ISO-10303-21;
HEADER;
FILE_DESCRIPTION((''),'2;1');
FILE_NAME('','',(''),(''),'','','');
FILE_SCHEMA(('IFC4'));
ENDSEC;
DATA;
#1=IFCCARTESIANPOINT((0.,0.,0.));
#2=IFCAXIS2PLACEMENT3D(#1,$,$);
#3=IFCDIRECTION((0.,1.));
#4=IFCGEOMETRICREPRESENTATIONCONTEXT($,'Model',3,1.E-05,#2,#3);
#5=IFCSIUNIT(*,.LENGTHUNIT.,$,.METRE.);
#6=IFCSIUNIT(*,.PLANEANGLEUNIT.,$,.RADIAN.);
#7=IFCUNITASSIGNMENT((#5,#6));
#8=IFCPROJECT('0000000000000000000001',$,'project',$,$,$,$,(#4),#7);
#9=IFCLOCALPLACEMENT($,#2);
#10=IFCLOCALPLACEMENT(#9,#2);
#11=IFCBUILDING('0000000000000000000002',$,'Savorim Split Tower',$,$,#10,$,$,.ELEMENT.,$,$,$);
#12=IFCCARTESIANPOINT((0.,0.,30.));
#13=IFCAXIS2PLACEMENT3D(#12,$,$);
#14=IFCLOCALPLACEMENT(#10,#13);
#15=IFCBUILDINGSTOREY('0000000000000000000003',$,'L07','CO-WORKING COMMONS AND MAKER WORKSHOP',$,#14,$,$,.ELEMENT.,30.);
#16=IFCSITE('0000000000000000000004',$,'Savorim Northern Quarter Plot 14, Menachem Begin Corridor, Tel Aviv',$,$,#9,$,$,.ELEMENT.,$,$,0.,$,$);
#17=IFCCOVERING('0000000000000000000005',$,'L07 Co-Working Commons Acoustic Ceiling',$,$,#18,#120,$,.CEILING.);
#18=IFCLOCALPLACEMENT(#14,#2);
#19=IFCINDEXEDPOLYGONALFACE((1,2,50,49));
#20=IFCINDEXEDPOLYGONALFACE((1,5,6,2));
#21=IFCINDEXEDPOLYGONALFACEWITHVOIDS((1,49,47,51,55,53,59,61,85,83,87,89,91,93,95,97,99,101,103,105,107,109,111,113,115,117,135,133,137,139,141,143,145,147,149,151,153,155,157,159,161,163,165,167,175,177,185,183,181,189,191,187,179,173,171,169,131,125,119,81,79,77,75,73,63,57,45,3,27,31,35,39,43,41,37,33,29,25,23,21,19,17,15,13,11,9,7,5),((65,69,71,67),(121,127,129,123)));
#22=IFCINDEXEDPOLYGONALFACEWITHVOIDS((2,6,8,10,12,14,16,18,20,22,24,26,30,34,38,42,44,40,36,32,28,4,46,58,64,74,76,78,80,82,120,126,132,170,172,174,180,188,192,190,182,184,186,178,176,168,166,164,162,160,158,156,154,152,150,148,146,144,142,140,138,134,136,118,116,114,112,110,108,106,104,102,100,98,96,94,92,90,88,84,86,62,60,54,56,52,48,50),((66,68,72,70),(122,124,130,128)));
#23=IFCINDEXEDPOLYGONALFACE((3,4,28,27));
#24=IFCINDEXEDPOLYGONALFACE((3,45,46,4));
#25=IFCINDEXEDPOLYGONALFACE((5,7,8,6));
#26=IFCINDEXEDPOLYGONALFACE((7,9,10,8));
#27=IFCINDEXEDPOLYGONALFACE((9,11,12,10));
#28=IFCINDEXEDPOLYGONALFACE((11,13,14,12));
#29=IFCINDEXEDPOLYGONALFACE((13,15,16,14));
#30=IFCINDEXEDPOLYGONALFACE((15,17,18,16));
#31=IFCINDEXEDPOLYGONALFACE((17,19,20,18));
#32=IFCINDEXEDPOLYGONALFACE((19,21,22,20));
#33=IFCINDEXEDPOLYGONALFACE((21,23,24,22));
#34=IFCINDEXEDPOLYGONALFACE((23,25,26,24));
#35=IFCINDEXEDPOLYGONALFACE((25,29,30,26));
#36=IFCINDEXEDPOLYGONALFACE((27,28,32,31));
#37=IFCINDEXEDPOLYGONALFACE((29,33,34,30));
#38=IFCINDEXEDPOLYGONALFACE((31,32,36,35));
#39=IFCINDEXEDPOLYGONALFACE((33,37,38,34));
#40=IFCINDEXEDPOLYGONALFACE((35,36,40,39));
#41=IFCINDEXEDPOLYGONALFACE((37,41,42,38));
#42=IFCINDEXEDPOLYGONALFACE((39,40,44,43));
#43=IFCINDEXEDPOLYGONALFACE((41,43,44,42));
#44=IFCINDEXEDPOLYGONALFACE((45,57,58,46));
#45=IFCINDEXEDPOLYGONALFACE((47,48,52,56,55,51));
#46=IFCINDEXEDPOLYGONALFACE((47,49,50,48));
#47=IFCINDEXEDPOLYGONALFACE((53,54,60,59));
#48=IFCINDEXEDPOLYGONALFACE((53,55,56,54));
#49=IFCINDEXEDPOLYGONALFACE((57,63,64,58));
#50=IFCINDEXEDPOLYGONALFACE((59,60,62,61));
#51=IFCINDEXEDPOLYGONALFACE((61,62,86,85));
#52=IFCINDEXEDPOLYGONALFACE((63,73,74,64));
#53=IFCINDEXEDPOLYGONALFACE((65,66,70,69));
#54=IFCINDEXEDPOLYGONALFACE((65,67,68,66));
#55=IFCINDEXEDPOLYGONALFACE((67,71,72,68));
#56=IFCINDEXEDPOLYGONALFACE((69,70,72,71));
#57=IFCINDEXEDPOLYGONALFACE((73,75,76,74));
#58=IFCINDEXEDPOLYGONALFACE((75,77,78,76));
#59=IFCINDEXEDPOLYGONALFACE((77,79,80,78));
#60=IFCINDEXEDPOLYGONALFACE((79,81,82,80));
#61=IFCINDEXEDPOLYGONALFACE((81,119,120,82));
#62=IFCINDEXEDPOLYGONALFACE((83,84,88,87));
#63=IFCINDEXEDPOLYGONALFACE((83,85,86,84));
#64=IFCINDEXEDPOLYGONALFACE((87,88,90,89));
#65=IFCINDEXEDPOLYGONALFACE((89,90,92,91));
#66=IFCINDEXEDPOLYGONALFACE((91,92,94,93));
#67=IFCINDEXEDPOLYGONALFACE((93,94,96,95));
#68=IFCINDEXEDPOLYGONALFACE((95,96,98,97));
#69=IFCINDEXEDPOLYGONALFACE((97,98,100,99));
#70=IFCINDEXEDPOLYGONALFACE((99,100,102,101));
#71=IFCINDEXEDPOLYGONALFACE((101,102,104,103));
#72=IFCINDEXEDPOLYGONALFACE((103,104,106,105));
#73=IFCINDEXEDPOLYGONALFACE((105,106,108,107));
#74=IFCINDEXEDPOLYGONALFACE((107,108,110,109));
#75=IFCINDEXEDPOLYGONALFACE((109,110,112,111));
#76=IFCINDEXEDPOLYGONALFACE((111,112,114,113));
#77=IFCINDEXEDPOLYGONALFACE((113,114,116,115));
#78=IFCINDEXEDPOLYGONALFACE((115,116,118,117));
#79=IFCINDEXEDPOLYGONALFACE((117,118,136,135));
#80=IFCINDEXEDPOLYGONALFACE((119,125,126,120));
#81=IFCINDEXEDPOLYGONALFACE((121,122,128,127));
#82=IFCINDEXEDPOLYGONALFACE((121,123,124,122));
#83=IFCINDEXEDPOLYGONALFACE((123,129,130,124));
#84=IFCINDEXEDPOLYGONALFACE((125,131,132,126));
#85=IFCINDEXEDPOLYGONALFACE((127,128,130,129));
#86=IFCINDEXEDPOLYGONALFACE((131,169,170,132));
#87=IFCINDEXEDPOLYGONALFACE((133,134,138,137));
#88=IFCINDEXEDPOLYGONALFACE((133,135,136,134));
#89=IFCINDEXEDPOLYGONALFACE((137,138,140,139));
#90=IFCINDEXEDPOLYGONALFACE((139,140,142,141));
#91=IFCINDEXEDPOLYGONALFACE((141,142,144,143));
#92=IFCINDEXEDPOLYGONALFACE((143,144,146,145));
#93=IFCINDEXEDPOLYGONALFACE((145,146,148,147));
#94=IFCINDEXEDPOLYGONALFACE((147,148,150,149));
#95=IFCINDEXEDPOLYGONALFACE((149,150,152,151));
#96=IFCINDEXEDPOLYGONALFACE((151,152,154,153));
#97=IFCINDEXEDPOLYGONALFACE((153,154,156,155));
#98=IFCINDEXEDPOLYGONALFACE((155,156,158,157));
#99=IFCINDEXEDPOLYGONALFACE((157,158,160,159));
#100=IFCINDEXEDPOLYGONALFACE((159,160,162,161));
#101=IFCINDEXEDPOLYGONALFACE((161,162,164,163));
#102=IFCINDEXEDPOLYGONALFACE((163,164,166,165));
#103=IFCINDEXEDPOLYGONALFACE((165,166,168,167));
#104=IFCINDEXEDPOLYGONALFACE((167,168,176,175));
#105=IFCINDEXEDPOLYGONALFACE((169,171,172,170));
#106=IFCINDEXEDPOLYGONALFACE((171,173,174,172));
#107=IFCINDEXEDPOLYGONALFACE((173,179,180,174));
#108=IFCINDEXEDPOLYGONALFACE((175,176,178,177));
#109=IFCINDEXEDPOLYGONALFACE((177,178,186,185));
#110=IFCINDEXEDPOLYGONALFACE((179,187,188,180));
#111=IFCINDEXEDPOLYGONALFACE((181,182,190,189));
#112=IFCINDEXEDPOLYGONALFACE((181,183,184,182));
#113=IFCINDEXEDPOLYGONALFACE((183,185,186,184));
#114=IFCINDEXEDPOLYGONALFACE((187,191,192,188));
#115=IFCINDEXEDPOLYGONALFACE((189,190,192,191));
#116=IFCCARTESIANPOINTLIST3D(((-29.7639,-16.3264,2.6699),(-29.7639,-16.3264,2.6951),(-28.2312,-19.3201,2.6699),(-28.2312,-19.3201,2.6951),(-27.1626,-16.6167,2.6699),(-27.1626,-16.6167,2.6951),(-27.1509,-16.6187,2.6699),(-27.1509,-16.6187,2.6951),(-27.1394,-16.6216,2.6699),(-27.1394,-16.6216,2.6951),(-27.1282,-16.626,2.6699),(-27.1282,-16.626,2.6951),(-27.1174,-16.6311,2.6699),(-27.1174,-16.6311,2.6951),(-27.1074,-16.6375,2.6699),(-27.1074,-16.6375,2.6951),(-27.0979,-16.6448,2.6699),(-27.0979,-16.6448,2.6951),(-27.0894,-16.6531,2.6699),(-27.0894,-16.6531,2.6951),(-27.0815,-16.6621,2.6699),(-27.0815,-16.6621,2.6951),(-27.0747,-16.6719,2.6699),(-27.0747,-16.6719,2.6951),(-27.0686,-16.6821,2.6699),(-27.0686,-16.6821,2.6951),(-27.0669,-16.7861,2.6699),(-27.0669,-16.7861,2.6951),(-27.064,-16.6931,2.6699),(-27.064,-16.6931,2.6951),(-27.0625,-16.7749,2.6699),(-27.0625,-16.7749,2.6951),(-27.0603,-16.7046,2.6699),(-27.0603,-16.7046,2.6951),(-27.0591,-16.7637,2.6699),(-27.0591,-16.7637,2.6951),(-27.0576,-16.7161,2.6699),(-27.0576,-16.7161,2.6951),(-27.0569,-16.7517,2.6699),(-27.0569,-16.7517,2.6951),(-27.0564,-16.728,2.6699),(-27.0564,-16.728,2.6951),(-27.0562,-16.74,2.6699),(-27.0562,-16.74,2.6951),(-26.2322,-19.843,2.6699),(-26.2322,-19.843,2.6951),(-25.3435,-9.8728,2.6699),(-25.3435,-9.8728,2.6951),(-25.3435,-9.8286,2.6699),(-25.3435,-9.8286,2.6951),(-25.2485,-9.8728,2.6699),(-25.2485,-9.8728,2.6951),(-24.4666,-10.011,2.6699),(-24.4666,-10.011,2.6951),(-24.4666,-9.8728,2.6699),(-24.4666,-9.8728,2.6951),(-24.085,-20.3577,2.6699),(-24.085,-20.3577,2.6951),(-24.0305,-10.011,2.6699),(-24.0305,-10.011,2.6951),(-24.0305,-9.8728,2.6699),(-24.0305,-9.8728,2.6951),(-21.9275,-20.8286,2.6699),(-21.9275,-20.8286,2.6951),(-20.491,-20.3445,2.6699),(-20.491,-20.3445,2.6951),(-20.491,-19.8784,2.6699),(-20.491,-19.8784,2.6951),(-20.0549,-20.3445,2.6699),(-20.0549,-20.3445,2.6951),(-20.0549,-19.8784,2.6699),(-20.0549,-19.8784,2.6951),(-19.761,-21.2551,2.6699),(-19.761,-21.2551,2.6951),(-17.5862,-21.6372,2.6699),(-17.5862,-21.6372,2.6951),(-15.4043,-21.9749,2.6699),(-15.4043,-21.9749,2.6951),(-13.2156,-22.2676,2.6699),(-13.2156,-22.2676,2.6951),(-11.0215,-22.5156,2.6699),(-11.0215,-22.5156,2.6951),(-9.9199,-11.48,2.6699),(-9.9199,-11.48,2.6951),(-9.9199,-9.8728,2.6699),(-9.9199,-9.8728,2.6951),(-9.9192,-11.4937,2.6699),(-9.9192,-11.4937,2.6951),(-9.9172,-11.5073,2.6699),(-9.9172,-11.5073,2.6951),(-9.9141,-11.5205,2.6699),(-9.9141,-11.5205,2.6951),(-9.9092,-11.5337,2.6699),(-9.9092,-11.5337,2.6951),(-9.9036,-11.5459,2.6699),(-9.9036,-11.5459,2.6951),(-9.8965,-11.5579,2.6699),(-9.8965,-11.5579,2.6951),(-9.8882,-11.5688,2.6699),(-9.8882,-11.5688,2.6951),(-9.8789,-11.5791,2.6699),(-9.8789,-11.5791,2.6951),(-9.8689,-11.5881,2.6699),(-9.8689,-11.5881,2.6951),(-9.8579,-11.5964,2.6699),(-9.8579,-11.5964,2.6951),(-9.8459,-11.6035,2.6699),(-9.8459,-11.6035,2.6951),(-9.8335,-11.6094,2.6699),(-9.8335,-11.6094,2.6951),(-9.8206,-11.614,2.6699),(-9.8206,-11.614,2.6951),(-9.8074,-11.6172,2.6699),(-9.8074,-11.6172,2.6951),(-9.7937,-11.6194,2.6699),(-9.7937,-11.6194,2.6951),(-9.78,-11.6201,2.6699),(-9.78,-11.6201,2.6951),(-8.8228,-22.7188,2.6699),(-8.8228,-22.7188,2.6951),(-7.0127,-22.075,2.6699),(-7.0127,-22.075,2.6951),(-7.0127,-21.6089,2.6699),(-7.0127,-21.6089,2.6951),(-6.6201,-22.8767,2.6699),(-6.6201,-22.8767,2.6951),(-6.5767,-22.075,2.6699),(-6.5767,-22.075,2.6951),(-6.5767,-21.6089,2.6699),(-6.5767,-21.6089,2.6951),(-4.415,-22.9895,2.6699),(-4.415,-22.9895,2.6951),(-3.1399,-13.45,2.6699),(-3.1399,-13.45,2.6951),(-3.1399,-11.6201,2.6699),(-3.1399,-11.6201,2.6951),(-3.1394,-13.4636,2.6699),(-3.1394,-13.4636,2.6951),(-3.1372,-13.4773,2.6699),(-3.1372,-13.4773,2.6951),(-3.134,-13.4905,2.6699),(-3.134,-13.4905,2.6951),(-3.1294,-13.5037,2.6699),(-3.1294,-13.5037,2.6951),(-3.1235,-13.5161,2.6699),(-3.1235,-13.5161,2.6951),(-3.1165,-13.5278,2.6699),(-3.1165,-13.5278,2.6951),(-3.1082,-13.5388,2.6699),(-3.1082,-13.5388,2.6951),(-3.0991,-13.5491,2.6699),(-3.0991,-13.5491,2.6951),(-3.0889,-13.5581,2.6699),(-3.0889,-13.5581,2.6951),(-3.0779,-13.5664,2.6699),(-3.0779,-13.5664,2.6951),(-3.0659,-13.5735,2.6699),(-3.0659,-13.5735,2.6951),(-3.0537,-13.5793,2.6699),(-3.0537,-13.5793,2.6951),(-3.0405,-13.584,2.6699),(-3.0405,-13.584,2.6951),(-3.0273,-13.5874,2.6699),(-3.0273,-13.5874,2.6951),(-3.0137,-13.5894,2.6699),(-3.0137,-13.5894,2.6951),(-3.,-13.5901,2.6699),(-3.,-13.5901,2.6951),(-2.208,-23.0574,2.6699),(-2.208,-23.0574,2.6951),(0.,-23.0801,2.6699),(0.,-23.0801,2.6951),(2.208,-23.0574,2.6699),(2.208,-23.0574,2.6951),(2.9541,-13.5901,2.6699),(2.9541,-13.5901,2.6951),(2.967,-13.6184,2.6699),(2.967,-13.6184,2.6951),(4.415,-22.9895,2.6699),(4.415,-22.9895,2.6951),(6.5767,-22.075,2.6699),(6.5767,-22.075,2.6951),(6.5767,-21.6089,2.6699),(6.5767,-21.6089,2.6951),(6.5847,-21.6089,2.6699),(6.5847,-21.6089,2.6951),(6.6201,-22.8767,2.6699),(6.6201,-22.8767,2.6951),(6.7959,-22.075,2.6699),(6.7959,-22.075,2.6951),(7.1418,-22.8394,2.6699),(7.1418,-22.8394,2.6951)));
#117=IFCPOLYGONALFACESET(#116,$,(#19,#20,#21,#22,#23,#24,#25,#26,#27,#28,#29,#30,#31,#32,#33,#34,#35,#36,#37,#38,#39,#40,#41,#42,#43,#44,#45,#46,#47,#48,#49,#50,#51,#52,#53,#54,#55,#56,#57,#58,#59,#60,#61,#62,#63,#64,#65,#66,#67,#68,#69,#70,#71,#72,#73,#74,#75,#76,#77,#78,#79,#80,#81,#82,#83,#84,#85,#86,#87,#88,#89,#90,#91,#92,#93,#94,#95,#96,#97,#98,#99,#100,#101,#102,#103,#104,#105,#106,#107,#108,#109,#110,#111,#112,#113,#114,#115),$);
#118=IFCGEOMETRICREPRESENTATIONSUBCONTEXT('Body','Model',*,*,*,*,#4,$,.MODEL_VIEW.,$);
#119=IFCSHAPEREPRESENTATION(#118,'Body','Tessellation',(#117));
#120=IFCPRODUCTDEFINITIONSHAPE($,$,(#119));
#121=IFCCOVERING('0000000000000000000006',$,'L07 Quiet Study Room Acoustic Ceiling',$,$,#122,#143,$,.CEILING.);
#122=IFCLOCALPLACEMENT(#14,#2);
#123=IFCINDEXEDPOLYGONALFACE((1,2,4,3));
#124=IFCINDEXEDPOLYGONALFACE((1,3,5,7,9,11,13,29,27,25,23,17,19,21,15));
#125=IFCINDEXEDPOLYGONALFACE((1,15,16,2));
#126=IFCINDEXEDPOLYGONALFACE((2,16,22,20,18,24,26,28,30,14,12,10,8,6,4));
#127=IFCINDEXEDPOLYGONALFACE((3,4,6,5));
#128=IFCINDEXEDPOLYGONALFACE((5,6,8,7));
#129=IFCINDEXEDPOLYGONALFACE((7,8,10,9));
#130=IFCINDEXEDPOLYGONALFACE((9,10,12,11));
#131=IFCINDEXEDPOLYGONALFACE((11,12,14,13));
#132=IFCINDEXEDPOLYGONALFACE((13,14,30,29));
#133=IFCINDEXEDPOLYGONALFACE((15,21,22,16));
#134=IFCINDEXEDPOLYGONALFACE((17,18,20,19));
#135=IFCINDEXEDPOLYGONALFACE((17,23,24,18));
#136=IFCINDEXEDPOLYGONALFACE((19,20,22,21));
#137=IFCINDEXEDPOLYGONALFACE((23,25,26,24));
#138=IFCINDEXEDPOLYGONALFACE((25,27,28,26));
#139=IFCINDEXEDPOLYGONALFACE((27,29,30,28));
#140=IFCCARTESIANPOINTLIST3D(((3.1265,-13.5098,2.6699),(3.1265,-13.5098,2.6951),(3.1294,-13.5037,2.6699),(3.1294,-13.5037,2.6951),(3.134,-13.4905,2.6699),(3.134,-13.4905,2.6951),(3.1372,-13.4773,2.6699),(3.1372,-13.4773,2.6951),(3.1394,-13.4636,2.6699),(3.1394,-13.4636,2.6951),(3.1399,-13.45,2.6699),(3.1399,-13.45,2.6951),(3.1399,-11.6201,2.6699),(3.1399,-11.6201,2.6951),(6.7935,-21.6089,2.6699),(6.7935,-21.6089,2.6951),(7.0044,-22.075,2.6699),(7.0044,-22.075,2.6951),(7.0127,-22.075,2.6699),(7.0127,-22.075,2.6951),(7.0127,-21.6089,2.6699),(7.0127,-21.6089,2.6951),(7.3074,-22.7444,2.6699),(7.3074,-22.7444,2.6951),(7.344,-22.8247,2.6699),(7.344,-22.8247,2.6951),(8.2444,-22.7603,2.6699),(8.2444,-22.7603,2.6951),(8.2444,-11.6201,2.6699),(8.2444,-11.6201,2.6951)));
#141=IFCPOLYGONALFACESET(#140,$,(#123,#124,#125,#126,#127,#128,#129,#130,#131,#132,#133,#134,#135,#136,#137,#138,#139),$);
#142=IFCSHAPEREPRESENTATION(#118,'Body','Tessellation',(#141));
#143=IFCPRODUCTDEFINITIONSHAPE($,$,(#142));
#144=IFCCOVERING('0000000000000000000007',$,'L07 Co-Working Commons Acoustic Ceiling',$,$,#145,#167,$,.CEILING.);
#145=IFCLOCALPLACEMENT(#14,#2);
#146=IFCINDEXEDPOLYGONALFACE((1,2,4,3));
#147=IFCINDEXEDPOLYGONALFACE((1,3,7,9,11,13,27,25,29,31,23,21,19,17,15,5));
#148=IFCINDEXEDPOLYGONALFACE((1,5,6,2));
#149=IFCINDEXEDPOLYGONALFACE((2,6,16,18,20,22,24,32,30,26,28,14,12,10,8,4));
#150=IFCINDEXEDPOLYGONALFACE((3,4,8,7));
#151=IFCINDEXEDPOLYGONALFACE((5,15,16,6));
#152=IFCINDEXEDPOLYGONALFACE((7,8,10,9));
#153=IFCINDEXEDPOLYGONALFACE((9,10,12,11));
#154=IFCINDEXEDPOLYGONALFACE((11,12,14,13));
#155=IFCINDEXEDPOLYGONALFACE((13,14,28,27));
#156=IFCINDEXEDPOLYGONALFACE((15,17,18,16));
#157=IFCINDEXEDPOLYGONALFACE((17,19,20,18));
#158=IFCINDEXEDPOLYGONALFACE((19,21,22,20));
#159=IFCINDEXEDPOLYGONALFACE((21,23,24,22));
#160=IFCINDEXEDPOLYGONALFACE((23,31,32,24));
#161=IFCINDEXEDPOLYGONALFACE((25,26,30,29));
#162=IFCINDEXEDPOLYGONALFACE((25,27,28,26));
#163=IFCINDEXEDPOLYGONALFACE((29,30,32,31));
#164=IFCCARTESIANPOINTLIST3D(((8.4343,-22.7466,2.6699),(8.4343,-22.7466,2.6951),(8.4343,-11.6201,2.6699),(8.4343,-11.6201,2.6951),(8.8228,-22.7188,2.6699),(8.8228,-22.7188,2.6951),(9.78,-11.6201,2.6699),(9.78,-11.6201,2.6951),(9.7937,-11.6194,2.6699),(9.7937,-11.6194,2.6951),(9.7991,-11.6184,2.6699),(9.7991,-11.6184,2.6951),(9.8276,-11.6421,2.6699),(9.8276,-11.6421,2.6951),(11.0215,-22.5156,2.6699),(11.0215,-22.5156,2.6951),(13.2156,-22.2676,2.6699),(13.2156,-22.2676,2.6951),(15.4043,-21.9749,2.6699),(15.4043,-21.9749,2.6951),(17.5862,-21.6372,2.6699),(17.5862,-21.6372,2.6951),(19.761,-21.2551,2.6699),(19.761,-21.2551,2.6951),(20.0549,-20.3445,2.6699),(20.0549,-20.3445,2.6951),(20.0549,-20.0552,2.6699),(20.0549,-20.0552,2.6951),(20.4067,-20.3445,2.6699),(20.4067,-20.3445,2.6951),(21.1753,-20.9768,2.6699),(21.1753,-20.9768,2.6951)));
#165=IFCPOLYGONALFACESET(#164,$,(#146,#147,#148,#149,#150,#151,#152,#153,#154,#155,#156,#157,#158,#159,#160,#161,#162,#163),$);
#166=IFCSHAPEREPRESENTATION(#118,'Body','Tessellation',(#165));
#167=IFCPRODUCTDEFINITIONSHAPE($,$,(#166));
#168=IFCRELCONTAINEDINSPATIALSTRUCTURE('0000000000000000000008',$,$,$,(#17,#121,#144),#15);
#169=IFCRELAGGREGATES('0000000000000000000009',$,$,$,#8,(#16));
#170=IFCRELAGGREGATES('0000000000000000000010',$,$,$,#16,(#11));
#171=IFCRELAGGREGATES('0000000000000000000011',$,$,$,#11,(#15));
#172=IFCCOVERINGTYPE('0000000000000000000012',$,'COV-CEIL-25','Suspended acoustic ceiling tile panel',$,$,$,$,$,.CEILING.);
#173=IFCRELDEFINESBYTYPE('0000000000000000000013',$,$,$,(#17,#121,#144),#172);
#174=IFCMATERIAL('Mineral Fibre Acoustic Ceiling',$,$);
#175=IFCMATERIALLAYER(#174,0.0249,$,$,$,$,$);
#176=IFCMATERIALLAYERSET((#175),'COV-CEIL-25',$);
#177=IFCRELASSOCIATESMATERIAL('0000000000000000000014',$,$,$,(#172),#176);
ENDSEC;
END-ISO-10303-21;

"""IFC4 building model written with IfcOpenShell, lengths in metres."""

from ifc_helpers import new_model, si_unit, direction, frame, origin, place, context, subcontext, project, spatial, polyline, outline, extrude, material, layer, layer_set, type_object, element, save


model = new_model("IFC4")

# Units and contexts
model_context = context("Model", 3, precision=1e-05, world=origin(), true_north=direction((0.0, 1.0)))
body_context = subcontext(model_context, "Body", "Model", "MODEL_VIEW")
ifc_project = project(units=[si_unit("LENGTHUNIT", "METRE"), si_unit("PLANEANGLEUNIT", "RADIAN")], contexts=[model_context])

# Site, building, storey
site_placement = place(None, origin())
site = spatial("IfcSite", under=ifc_project, at=site_placement, Name="Savorim Northern Quarter Plot 14, Menachem Begin Corridor, Tel Aviv", CompositionType="ELEMENT", RefElevation=0.0)
building_placement = place(site_placement, origin())
building = spatial("IfcBuilding", under=site, at=building_placement, Name="Savorim Split Tower", CompositionType="ELEMENT")
storey_placement = place(building_placement, frame((0.0, 0.0, 30.0)))
storey = spatial("IfcBuildingStorey", under=building, at=storey_placement, Name="L07", Description="CO-WORKING COMMONS AND MAKER WORKSHOP", CompositionType="ELEMENT", Elevation=30.0)

# Coverings
ifc_material_1 = material(Name="Mineral Fibre Acoustic Ceiling")
ifc_layer_1 = layer(ifc_material_1, 0.0249)
ifc_layer_set_1 = layer_set([ifc_layer_1], Name="COV-CEIL-25")
covering_type_1 = type_object("IfcCoveringType", Name="COV-CEIL-25", Description="Suspended acoustic ceiling tile panel", PredefinedType="CEILING", material=ifc_layer_set_1)
covering_1_placement = place(storey_placement, frame((0.0, 0.0, 2.6699)))
element("IfcCovering", 1, at=covering_1_placement, inside=storey, type_object=covering_type_1, Name="L07 Co-Working Commons Acoustic Ceiling", PredefinedType="CEILING", context=body_context, shape_type="SweptSolid", body=[
    extrude(outline(polyline([(-27.0562, -16.74), (-27.0569, -16.7517), (-27.0591, -16.7637), (-27.0625, -16.7749), (-27.0669, -16.7861), (-28.2312, -19.3201), (-26.2322, -19.843), (-24.085, -20.3577), (-21.9275, -20.8286), (-19.761, -21.2551), (-17.5862, -21.6372), (-15.4043, -21.9749), (-13.2156, -22.2676), (-11.0215, -22.5156), (-8.8228, -22.7188), (-6.6201, -22.8767), (-4.415, -22.9895), (-2.208, -23.0574), (0.0, -23.0801), (2.208, -23.0574), (4.415, -22.9895), (6.6201, -22.8767), (7.1418, -22.8394), (6.7959, -22.075), (6.5767, -22.075), (6.5767, -21.6089), (6.5847, -21.6089), (2.967, -13.6184), (2.9541, -13.5901), (-3.0, -13.5901), (-3.0137, -13.5894), (-3.0273, -13.5874), (-3.0405, -13.584), (-3.0537, -13.5793), (-3.0659, -13.5735), (-3.0779, -13.5664), (-3.0889, -13.5581), (-3.0991, -13.5491), (-3.1082, -13.5388), (-3.1165, -13.5278), (-3.1235, -13.5161), (-3.1294, -13.5037), (-3.134, -13.4905), (-3.1372, -13.4773), (-3.1394, -13.4636), (-3.1399, -13.45), (-3.1399, -11.6201), (-9.78, -11.6201), (-9.7937, -11.6194), (-9.8074, -11.6172), (-9.8206, -11.614), (-9.8335, -11.6094), (-9.8459, -11.6035), (-9.8579, -11.5964), (-9.8689, -11.5881), (-9.8789, -11.5791), (-9.8882, -11.5688), (-9.8965, -11.5579), (-9.9036, -11.5459), (-9.9092, -11.5337), (-9.9141, -11.5205), (-9.9172, -11.5073), (-9.9192, -11.4937), (-9.9199, -11.48), (-9.9199, -9.8728), (-24.0305, -9.8728), (-24.0305, -10.011), (-24.4666, -10.011), (-24.4666, -9.8728), (-25.2485, -9.8728), (-25.3435, -9.8728), (-25.3435, -9.8286), (-29.7639, -16.3264), (-27.1626, -16.6167), (-27.1509, -16.6187), (-27.1394, -16.6216), (-27.1282, -16.626), (-27.1174, -16.6311), (-27.1074, -16.6375), (-27.0979, -16.6448), (-27.0894, -16.6531), (-27.0815, -16.6621), (-27.0747, -16.6719), (-27.0686, -16.6821), (-27.064, -16.6931), (-27.0603, -16.7046), (-27.0576, -16.7161), (-27.0564, -16.728), (-27.0562, -16.74)]), holes=[polyline([(-20.491, -20.3445), (-20.0549, -20.3445), (-20.0549, -19.8784), (-20.491, -19.8784), (-20.491, -20.3445)]), polyline([(-7.0127, -22.075), (-6.5767, -22.075), (-6.5767, -21.6089), (-7.0127, -21.6089), (-7.0127, -22.075)])]), origin(), (0.0, 0.0, 1.0), 0.0251),
])
covering_2_placement = place(storey_placement, frame((0.0, 0.0, 2.6699)))
element("IfcCovering", 2, at=covering_2_placement, inside=storey, type_object=covering_type_1, Name="L07 Quiet Study Room Acoustic Ceiling", PredefinedType="CEILING", context=body_context, shape_type="SweptSolid", body=[
    extrude(outline(polyline([(7.0044, -22.075), (7.3074, -22.7444), (7.344, -22.8247), (8.2444, -22.7603), (8.2444, -11.6201), (3.1399, -11.6201), (3.1399, -13.45), (3.1394, -13.4636), (3.1372, -13.4773), (3.134, -13.4905), (3.1294, -13.5037), (3.1265, -13.5098), (6.7935, -21.6089), (7.0127, -21.6089), (7.0127, -22.075), (7.0044, -22.075)])), origin(), (0.0, 0.0, 1.0), 0.0251),
])
covering_3_placement = place(storey_placement, frame((0.0, 0.0, 2.6699)))
element("IfcCovering", 3, at=covering_3_placement, inside=storey, type_object=covering_type_1, Name="L07 Co-Working Commons Acoustic Ceiling", PredefinedType="CEILING", context=body_context, shape_type="SweptSolid", body=[
    extrude(outline(polyline([(13.2156, -22.2676), (15.4043, -21.9749), (17.5862, -21.6372), (19.761, -21.2551), (21.1753, -20.9768), (20.4067, -20.3445), (20.0549, -20.3445), (20.0549, -20.0552), (9.8276, -11.6421), (9.7991, -11.6184), (9.7937, -11.6194), (9.78, -11.6201), (8.4343, -11.6201), (8.4343, -22.7466), (8.8228, -22.7188), (11.0215, -22.5156), (13.2156, -22.2676)])), origin(), (0.0, 0.0, 1.0), 0.0251),
])

save(model, "model.ifc")
